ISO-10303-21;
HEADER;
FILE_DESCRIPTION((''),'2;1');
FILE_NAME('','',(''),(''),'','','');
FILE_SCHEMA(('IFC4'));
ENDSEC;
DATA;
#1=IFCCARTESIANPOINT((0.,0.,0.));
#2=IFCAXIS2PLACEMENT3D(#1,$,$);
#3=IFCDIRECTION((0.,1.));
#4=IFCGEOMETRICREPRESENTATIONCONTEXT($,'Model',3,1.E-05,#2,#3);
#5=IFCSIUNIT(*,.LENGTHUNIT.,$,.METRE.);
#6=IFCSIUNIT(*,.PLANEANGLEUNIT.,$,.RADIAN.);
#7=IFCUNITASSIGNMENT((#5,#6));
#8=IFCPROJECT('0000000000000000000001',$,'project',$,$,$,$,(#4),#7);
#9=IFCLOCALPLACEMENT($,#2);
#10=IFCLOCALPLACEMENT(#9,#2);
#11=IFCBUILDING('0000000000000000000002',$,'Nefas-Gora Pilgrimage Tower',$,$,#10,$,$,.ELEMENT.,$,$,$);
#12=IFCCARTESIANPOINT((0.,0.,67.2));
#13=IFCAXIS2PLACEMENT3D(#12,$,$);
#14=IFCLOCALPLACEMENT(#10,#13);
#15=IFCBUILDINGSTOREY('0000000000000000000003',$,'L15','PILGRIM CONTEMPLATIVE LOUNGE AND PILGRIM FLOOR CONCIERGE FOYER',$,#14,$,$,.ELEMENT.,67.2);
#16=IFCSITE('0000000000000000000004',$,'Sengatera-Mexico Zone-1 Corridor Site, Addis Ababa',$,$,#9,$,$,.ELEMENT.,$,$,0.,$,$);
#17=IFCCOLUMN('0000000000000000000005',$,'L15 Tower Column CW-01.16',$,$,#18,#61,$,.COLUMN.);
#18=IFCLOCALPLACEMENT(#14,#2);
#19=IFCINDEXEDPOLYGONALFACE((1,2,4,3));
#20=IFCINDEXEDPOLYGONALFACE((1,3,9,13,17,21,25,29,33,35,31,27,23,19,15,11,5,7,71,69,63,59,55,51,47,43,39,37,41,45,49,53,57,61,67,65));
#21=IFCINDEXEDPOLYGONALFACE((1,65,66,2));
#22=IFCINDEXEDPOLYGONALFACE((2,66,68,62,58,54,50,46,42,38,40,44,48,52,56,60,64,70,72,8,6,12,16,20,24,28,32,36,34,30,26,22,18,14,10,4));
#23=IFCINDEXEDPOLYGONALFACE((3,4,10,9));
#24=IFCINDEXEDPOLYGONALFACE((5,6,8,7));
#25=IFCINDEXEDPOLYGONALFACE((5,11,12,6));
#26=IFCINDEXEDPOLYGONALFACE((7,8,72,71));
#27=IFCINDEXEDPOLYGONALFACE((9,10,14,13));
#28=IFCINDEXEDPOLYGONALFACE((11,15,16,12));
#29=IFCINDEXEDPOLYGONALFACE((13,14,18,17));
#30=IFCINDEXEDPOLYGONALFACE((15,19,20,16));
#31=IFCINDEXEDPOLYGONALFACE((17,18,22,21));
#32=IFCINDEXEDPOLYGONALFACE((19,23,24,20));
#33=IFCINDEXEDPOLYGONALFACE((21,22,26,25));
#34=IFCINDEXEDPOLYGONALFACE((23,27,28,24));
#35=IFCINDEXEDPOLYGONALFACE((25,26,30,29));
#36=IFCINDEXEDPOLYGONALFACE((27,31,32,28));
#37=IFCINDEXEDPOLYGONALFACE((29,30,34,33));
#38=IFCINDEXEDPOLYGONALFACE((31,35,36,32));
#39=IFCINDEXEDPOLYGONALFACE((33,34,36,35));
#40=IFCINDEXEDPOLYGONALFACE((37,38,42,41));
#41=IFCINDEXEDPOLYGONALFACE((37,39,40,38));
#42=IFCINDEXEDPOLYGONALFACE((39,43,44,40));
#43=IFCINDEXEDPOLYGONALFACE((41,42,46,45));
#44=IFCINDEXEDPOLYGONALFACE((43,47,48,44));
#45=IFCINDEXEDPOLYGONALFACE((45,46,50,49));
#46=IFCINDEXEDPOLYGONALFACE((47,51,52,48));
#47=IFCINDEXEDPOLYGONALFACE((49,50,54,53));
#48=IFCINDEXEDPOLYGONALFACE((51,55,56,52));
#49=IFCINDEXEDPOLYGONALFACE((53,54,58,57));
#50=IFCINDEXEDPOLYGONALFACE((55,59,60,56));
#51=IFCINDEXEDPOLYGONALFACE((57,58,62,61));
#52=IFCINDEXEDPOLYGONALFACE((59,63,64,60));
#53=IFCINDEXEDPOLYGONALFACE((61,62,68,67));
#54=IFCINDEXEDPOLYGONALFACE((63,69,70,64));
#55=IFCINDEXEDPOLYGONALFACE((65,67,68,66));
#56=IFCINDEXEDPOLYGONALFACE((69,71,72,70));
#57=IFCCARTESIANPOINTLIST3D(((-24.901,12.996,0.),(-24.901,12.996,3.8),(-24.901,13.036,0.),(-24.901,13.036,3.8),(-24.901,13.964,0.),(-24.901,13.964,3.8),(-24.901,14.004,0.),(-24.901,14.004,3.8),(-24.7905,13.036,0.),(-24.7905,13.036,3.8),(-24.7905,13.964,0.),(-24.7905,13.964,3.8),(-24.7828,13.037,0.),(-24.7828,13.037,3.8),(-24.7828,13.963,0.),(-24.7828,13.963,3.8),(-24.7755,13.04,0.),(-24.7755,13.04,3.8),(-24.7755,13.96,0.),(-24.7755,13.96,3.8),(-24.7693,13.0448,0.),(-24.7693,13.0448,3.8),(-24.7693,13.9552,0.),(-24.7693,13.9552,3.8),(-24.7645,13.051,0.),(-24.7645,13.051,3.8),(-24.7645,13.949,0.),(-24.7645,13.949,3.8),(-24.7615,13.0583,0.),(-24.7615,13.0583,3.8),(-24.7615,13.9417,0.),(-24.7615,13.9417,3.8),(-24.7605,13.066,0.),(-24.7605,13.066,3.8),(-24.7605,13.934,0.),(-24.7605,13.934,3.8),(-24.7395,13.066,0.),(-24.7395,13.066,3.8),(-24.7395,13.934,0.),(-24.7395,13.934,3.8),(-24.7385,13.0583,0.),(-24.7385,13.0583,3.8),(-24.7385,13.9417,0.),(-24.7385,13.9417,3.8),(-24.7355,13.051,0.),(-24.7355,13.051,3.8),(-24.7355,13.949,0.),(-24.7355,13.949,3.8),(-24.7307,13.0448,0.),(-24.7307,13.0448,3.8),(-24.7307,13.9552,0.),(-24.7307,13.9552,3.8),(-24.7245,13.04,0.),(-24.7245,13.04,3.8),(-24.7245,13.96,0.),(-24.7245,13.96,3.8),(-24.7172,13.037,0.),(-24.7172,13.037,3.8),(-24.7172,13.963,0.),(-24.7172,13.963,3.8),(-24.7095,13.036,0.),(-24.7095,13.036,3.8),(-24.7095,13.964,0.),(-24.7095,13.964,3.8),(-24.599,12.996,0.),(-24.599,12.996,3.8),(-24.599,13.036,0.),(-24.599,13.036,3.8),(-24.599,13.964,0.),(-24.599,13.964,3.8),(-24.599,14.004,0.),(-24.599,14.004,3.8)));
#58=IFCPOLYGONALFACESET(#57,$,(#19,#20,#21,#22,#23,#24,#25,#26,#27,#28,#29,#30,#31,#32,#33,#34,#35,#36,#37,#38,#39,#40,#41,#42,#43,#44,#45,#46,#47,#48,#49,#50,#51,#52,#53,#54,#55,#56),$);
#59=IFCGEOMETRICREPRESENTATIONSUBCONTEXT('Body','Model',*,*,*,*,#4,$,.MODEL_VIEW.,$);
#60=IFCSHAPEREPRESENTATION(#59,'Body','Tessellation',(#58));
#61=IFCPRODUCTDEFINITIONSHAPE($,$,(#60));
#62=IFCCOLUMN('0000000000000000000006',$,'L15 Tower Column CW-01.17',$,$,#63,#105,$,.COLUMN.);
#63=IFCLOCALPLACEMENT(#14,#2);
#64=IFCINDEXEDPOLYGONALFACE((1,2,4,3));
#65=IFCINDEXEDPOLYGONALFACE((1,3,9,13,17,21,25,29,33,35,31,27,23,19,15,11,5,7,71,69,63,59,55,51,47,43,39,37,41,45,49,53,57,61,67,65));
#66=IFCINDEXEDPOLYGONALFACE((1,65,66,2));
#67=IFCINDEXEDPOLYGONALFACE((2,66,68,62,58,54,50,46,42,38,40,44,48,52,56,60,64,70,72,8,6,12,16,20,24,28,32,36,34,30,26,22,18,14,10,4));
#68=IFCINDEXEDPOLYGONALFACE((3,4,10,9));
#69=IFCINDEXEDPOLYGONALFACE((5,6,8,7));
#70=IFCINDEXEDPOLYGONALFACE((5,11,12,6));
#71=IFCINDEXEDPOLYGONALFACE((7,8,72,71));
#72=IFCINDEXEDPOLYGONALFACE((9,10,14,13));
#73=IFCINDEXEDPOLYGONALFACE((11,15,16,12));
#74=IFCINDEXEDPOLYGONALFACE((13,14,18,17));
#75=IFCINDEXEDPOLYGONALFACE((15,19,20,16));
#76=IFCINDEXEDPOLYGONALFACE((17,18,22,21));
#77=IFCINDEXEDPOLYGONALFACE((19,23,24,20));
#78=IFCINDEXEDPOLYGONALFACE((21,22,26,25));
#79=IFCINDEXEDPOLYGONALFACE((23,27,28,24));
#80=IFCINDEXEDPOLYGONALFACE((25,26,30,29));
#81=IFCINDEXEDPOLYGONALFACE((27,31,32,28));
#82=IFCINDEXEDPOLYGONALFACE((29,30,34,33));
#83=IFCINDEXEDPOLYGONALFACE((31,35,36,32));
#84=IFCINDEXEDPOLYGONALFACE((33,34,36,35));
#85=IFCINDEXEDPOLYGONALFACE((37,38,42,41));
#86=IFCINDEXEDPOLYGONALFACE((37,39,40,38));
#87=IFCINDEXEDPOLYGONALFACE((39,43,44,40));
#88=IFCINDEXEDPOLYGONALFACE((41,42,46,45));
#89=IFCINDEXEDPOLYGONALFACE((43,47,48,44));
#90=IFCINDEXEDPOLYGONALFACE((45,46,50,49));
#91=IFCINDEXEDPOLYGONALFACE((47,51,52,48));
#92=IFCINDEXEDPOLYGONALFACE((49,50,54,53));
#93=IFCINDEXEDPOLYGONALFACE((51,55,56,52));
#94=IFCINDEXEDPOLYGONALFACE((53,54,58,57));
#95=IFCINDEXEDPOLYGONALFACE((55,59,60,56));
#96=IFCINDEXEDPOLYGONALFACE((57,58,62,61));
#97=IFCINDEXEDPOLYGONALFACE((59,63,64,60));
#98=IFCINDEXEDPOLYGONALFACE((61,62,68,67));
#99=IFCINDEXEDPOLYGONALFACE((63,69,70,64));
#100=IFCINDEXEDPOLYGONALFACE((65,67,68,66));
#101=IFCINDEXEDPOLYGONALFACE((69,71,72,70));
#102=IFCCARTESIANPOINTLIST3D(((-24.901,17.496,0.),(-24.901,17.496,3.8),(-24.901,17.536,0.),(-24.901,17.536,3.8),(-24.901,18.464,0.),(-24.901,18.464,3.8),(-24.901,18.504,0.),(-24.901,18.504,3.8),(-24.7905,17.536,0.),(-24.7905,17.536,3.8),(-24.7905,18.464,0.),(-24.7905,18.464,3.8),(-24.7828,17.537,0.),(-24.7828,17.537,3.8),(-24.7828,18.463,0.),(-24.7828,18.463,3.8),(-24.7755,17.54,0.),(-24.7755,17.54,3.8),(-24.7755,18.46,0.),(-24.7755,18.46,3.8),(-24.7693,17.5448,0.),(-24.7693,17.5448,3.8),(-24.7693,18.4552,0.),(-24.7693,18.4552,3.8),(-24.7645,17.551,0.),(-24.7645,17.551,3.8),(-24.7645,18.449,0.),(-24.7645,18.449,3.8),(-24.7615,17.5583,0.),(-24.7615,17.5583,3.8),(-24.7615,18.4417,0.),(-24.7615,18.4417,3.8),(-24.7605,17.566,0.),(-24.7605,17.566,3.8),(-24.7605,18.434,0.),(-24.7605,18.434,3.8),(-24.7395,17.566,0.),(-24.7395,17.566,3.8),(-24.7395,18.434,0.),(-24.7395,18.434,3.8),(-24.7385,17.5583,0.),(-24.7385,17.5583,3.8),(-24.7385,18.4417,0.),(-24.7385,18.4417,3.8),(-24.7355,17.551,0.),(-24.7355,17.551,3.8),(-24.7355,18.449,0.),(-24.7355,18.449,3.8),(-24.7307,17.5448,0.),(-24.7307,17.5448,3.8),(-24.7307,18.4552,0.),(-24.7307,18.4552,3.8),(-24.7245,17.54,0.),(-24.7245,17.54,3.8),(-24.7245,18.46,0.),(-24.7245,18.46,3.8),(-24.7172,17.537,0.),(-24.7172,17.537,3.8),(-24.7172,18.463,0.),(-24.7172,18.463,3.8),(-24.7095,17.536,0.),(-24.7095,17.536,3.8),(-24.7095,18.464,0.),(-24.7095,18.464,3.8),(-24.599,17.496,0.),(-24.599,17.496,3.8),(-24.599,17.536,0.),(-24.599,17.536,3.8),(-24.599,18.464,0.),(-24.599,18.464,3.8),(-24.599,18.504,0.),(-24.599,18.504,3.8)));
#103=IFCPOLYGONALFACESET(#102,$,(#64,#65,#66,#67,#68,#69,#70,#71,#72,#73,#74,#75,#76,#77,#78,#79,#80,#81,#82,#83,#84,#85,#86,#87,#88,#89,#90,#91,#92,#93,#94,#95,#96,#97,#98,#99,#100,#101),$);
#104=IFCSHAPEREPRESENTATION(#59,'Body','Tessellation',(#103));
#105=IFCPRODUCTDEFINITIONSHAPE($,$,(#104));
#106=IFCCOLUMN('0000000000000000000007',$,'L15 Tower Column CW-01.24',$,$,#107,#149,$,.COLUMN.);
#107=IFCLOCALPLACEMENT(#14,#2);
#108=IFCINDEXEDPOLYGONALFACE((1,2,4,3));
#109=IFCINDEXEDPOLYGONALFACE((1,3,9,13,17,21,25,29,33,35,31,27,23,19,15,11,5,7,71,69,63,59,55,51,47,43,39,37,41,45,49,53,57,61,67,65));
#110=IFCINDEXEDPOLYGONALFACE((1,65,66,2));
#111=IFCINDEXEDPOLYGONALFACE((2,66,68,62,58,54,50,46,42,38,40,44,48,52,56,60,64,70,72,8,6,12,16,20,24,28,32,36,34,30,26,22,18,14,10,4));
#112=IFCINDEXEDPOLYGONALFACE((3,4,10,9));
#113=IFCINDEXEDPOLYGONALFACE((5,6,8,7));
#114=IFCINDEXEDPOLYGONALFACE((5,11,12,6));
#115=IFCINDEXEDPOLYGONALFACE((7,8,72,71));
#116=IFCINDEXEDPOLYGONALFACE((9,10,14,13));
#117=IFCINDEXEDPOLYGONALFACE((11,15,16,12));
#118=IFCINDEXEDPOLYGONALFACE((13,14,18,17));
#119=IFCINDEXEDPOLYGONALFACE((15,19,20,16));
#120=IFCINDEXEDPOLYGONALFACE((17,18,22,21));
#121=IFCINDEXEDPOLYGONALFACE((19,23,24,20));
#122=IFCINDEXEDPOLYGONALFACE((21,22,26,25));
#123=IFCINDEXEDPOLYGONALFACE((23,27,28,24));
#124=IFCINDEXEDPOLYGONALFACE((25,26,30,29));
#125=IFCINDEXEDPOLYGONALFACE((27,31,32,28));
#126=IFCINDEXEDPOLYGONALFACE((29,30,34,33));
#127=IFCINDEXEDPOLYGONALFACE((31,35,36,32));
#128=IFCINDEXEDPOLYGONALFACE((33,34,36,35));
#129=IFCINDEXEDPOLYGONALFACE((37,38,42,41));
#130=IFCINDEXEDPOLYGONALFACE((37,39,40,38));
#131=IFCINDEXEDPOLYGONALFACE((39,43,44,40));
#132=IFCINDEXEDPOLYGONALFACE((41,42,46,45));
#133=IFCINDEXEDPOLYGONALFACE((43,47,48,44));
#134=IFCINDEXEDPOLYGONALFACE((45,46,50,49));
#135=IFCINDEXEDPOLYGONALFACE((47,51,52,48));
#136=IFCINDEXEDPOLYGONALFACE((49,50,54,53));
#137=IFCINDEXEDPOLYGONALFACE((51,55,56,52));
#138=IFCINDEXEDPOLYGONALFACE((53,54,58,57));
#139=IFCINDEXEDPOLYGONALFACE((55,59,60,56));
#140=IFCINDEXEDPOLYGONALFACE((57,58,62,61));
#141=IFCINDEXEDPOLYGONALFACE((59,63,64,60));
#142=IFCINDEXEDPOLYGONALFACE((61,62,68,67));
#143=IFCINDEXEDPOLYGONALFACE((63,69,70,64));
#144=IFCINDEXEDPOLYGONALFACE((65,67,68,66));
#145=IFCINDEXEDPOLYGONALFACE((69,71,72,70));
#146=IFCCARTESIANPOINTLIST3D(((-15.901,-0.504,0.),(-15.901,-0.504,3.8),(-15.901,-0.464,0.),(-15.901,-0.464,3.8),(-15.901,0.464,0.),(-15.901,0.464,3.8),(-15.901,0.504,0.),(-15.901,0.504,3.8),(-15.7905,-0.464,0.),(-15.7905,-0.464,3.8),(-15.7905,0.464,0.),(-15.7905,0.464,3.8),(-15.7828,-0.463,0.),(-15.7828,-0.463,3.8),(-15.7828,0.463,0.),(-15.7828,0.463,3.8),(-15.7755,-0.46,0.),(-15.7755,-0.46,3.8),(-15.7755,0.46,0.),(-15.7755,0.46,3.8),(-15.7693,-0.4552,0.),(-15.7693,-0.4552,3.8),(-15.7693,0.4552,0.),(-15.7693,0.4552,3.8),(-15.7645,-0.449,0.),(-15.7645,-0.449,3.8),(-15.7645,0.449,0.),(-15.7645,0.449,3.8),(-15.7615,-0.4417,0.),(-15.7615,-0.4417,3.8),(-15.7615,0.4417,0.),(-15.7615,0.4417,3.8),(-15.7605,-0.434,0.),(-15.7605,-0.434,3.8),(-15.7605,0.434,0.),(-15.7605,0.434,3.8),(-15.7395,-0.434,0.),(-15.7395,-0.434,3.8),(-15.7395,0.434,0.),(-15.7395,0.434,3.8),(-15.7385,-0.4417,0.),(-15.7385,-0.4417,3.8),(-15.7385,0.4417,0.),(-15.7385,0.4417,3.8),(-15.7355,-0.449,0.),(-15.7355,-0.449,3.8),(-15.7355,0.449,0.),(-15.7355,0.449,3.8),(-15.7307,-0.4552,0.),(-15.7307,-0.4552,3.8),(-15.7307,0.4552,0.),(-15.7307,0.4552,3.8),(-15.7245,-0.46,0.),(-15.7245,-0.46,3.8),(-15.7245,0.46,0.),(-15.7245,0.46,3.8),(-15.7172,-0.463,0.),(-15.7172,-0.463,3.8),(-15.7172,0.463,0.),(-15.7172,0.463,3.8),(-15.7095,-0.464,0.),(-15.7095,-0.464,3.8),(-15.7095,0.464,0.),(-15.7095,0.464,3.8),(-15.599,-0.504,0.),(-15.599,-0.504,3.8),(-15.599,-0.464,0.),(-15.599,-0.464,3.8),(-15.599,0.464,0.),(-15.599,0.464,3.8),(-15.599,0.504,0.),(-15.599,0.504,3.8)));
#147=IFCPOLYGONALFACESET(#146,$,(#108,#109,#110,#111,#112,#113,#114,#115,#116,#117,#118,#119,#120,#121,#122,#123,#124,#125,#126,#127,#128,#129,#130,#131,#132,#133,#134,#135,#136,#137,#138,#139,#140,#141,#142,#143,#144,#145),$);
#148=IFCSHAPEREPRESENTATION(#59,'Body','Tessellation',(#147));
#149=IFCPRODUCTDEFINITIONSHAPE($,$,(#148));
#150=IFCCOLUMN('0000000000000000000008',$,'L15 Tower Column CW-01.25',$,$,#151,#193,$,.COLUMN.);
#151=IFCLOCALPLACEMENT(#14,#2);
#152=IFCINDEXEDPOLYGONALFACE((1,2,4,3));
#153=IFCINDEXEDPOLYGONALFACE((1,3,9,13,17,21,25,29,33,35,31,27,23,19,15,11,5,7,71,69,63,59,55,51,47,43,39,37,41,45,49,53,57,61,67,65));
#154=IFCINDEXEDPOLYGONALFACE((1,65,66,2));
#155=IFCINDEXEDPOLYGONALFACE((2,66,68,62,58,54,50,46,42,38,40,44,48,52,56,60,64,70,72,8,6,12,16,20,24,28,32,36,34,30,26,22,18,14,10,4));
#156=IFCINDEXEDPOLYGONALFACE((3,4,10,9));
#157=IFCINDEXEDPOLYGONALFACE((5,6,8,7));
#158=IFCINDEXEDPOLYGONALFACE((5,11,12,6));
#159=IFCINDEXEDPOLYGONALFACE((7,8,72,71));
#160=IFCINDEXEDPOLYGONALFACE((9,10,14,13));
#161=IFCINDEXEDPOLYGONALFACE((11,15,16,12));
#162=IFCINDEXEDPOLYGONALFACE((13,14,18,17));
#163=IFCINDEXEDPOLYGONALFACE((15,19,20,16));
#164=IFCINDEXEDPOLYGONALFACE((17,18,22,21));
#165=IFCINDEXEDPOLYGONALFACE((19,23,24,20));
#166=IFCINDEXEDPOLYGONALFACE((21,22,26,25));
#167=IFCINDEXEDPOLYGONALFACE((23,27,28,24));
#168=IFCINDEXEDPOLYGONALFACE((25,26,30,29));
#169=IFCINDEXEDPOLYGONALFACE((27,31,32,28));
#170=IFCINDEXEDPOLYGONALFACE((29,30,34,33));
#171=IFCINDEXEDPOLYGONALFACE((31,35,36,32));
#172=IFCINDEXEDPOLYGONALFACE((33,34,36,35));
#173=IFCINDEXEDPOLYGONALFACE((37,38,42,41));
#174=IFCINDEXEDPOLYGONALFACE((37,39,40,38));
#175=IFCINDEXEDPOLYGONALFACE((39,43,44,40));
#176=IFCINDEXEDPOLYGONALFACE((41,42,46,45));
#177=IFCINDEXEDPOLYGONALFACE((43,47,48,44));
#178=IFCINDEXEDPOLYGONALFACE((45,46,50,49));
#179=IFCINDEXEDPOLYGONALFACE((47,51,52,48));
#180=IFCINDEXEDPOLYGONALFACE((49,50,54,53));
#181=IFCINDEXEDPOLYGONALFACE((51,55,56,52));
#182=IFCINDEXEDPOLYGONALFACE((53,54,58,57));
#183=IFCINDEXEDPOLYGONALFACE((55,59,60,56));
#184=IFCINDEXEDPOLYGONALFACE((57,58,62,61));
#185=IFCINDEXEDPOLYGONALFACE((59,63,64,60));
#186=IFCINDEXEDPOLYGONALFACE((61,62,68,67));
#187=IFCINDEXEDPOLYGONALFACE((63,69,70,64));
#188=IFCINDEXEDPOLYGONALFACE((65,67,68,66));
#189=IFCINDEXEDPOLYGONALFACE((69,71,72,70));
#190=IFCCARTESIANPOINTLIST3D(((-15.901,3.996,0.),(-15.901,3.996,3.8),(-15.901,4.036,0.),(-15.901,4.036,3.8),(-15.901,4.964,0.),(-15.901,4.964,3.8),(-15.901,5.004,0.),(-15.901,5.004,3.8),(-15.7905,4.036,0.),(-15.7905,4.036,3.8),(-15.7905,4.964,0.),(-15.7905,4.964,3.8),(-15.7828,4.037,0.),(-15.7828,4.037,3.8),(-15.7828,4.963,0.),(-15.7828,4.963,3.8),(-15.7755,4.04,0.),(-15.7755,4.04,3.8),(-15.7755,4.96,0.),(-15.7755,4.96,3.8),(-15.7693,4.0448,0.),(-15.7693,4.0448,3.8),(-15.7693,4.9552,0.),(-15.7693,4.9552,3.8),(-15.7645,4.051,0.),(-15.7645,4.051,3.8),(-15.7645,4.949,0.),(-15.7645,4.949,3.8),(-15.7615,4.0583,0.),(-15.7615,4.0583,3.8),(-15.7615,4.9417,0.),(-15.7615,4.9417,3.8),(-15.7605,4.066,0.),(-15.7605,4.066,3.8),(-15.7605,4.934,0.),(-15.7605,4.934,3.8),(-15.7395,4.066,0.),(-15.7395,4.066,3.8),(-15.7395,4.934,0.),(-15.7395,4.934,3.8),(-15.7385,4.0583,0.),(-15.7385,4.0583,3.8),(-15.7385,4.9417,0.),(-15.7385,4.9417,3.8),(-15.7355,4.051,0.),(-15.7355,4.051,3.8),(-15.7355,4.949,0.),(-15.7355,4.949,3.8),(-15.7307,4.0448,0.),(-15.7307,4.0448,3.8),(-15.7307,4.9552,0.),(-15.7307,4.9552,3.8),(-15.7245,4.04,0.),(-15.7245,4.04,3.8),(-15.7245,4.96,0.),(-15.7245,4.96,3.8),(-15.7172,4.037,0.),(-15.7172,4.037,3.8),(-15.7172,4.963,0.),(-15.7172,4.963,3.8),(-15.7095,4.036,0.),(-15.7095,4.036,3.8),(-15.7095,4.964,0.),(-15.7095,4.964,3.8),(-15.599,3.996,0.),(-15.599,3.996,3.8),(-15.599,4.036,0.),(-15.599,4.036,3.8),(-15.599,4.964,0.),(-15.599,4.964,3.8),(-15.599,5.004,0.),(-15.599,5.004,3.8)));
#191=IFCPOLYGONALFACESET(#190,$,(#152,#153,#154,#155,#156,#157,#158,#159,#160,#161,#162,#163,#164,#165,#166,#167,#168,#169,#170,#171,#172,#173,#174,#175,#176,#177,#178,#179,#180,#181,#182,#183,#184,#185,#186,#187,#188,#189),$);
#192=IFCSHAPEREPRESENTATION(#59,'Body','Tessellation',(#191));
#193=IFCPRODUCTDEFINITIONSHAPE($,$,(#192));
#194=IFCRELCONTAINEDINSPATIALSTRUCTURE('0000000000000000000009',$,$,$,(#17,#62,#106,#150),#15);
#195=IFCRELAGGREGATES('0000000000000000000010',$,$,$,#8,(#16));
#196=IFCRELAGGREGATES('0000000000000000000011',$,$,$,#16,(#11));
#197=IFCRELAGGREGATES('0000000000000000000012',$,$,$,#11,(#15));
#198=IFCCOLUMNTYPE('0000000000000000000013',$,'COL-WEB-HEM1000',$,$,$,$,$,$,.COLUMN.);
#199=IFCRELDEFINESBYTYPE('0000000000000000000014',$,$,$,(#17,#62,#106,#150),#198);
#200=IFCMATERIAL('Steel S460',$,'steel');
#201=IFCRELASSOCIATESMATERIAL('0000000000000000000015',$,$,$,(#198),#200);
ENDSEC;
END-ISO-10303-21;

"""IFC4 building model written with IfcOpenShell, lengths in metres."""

from ifc_helpers import new_model, si_unit, direction, frame, origin, origin_2d, place, context, subcontext, project, spatial, i_section, extrude, source, transform, mapped, material, material_profile, profile_set, type_object, element, save


model = new_model("IFC4")

# Units and contexts
model_context = context("Model", 3, precision=1e-05, world=origin(), true_north=direction((0.0, 1.0)))
body_context = subcontext(model_context, "Body", "Model", "MODEL_VIEW")
ifc_project = project(units=[si_unit("LENGTHUNIT", "METRE"), si_unit("PLANEANGLEUNIT", "RADIAN")], contexts=[model_context])

# Site, building, storey
site_placement = place(None, origin())
site = spatial("IfcSite", under=ifc_project, at=site_placement, Name="Sengatera-Mexico Zone-1 Corridor Site, Addis Ababa", CompositionType="ELEMENT", RefElevation=0.0)
building_placement = place(site_placement, origin())
building = spatial("IfcBuilding", under=site, at=building_placement, Name="Nefas-Gora Pilgrimage Tower", CompositionType="ELEMENT")
storey_placement = place(building_placement, frame((0.0, 0.0, 67.2)))
storey = spatial("IfcBuildingStorey", under=building, at=storey_placement, Name="L15", Description="PILGRIM CONTEMPLATIVE LOUNGE AND PILGRIM FLOOR CONCIERGE FOYER", CompositionType="ELEMENT", Elevation=67.2)

# Columns
ifc_material_1 = material(Name="Steel S460", Category="steel")
ifc_material_profile_1 = material_profile(ifc_material_1, i_section(OverallWidth=0.302, OverallDepth=1.0081, WebThickness=0.021, FlangeThickness=0.04, FilletRadius=0.03, at=origin_2d()), Name="HEM 1000")
ifc_profile_set_1 = profile_set([ifc_material_profile_1], Name="Steel S460")
column_type_1 = type_object("IfcColumnType", Name="COL-WEB-HEM1000", PredefinedType="COLUMN", material=ifc_profile_set_1)
shared_shape_1 = source(origin(), body_context, "Body", "SweptSolid", [
    extrude(i_section(OverallWidth=0.302, OverallDepth=1.0081, WebThickness=0.021, FlangeThickness=0.04, FilletRadius=0.03, at=origin_2d()), origin(), (0.0, 0.0, 1.0), 3.8),
])
for number, where, z_axis, x_axis, name in (
    (1, (-24.75, 13.5, 0.0), (0.0, 0.0, 1.0), (1.0, 0.0, 0.0), "L15 Tower Column CW-01.16"),
    (2, (-24.75, 18.0, 0.0), (0.0, 0.0, 1.0), (1.0, 0.0, 0.0), "L15 Tower Column CW-01.17"),
    (3, (-15.75, 0.0, 0.0), (0.0, 0.0, 1.0), (1.0, 0.0, 0.0), "L15 Tower Column CW-01.24"),
    (4, (-15.75, 4.5, 0.0), (0.0, 0.0, 1.0), (1.0, 0.0, 0.0), "L15 Tower Column CW-01.25"),
):
    element("IfcColumn", number, at=place(storey_placement, frame(where, z_axis=z_axis, x_axis=x_axis)), inside=storey, type_object=column_type_1, Name=name, PredefinedType="COLUMN", context=body_context, shape_type="MappedRepresentation", body=[
        mapped(shared_shape_1, transform((0.0, 0.0, 0.0), x_axis=(1.0, 0.0, 0.0), y_axis=(0.0, 1.0, 0.0), z_axis=(0.0, 0.0, 1.0), scale=1.0)),
    ])

save(model, "model.ifc")
